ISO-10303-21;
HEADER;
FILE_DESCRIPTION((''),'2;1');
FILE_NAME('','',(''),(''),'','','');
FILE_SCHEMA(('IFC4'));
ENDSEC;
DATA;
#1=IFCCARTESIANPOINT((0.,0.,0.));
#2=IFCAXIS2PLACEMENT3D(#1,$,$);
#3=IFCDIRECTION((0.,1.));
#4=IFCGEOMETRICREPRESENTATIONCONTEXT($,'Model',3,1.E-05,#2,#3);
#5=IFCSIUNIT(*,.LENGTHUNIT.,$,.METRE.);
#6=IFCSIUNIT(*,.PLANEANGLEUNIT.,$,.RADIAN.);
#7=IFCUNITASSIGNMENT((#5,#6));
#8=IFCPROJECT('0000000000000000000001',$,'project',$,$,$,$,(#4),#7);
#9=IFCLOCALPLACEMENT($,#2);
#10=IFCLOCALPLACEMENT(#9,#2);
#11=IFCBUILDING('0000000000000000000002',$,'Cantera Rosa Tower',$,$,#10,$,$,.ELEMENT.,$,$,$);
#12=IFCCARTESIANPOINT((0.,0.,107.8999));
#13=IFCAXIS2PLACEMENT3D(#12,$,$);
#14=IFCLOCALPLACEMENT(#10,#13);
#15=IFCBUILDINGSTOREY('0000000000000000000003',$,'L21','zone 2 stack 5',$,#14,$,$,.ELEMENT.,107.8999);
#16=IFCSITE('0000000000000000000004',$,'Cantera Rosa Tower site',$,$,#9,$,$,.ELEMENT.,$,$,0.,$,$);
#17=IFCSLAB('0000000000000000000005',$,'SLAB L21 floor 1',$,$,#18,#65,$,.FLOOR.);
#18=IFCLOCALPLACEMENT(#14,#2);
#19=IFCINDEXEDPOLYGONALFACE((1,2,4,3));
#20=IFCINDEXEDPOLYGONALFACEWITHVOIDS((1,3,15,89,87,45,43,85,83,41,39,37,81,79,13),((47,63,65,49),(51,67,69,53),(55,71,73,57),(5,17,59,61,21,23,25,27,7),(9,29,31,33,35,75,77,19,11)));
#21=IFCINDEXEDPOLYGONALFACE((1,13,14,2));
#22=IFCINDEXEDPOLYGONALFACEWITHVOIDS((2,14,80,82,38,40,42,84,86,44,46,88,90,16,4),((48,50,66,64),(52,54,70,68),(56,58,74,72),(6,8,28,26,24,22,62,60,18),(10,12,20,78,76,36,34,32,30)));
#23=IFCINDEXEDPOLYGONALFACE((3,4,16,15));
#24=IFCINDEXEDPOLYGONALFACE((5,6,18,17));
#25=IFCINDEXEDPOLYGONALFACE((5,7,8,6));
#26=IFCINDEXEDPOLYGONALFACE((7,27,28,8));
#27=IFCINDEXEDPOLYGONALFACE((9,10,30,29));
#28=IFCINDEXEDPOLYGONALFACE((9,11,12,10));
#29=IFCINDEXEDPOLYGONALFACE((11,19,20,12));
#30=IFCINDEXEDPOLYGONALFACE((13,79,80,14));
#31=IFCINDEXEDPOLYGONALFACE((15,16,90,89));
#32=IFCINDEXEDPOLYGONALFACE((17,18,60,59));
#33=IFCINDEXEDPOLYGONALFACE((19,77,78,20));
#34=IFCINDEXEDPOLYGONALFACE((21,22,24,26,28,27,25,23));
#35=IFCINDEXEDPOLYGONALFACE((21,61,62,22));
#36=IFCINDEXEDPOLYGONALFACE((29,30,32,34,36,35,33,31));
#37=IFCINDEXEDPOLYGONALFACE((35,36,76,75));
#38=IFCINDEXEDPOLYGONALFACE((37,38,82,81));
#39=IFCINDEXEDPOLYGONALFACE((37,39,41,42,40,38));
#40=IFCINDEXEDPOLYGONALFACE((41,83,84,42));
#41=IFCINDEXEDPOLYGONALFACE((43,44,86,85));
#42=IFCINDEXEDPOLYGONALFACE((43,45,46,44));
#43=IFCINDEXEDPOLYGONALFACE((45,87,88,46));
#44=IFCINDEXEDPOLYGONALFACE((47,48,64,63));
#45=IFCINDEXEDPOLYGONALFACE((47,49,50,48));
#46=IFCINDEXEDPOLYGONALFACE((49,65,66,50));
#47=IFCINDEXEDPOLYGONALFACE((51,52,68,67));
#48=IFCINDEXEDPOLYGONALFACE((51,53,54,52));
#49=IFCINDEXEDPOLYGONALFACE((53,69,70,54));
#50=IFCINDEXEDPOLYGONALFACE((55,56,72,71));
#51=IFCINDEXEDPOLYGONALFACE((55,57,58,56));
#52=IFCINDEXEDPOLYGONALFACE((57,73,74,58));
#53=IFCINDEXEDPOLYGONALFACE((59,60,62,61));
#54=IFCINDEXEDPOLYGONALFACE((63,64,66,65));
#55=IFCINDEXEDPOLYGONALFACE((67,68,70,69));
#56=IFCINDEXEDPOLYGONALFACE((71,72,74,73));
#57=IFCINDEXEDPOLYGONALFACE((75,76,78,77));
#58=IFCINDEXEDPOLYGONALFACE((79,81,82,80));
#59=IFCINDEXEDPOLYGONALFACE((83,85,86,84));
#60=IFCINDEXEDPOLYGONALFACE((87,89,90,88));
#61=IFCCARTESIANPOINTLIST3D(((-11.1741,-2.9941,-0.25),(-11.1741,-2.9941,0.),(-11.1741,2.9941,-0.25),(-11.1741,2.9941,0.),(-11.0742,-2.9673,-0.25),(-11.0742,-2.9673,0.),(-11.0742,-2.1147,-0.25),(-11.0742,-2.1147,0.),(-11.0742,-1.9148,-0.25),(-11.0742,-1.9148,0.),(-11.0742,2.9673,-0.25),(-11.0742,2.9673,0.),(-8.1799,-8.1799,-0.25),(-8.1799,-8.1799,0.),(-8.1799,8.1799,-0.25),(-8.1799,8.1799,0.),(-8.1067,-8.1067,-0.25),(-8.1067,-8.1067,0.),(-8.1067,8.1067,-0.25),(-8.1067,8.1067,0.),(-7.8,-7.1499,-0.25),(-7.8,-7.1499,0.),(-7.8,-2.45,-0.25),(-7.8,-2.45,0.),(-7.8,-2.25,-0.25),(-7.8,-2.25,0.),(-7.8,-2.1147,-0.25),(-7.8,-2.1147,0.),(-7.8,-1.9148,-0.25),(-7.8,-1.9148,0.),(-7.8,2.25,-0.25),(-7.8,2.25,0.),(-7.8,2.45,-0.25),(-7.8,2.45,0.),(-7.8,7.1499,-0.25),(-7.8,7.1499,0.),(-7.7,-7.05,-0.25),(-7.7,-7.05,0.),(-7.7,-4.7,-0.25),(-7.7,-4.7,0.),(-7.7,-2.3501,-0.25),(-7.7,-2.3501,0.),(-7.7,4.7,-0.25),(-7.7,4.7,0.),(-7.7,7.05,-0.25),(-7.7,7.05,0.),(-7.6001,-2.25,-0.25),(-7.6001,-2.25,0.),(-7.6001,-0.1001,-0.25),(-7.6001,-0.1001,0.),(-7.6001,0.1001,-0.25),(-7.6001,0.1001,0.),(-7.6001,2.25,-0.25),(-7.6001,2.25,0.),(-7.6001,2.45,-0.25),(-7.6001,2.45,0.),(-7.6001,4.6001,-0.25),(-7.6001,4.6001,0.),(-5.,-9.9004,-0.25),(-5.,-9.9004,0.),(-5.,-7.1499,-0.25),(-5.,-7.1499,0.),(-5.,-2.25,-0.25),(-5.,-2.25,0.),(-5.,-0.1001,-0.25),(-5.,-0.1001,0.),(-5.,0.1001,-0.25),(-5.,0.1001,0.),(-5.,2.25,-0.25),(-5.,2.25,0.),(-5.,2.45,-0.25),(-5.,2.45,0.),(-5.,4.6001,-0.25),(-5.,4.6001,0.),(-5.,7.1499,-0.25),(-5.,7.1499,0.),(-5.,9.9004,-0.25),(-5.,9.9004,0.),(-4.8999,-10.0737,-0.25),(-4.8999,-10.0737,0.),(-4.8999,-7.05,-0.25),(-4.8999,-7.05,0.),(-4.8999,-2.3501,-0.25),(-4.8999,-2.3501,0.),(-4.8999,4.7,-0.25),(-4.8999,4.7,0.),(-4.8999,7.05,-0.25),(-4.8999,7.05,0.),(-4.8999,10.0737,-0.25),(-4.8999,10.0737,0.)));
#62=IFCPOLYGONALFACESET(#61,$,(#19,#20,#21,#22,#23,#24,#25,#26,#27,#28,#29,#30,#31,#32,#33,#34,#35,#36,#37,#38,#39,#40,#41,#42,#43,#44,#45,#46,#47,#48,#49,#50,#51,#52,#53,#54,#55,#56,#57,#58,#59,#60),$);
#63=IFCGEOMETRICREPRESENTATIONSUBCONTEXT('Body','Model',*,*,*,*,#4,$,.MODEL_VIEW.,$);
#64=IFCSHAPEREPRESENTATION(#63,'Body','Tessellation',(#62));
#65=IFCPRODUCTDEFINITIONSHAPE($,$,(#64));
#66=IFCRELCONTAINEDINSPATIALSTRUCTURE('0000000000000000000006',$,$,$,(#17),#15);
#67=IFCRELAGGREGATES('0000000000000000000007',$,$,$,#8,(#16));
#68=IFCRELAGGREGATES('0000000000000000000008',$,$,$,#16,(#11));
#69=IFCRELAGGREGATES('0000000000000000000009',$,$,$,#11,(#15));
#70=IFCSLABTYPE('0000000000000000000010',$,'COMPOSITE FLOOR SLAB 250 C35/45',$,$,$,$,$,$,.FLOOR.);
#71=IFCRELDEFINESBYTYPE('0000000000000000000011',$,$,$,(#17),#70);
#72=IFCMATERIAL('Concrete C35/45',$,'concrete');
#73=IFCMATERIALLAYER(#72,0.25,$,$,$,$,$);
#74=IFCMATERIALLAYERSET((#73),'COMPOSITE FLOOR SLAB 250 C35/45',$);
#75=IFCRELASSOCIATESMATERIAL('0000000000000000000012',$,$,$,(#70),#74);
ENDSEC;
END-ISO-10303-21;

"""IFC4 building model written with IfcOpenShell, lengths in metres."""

from ifc_helpers import new_model, si_unit, direction, frame, origin, place, context, subcontext, project, spatial, polyline, outline, extrude, material, layer, layer_set, type_object, element, save


model = new_model("IFC4")

# Units and contexts
model_context = context("Model", 3, precision=1e-05, world=origin(), true_north=direction((0.0, 1.0)))
body_context = subcontext(model_context, "Body", "Model", "MODEL_VIEW")
ifc_project = project(units=[si_unit("LENGTHUNIT", "METRE"), si_unit("PLANEANGLEUNIT", "RADIAN")], contexts=[model_context])

# Site, building, storey
site_placement = place(None, origin())
site = spatial("IfcSite", under=ifc_project, at=site_placement, Name="Cantera Rosa Tower site", CompositionType="ELEMENT", RefElevation=0.0)
building_placement = place(site_placement, origin())
building = spatial("IfcBuilding", under=site, at=building_placement, Name="Cantera Rosa Tower", CompositionType="ELEMENT")
storey_placement = place(building_placement, frame((0.0, 0.0, 107.8999)))
storey = spatial("IfcBuildingStorey", under=building, at=storey_placement, Name="L21", Description="zone 2 stack 5", CompositionType="ELEMENT", Elevation=107.8999)

# Slab
ifc_material_1 = material(Name="Concrete C35/45", Category="concrete")
ifc_layer_1 = layer(ifc_material_1, 0.25)
ifc_layer_set_1 = layer_set([ifc_layer_1], Name="COMPOSITE FLOOR SLAB 250 C35/45")
slab_type_1 = type_object("IfcSlabType", Name="COMPOSITE FLOOR SLAB 250 C35/45", PredefinedType="FLOOR", material=ifc_layer_set_1)
slab_1_placement = place(storey_placement, frame((0.0, 0.0, -0.25)))
element("IfcSlab", 1, at=slab_1_placement, inside=storey, type_object=slab_type_1, Name="SLAB L21 floor 1", PredefinedType="FLOOR", context=body_context, shape_type="SweptSolid", body=[
    extrude(outline(polyline([(-7.7, -7.05), (-4.8999, -7.05), (-4.8999, -10.0737), (-8.1799, -8.1799), (-11.1741, -2.9941), (-11.1741, 2.9941), (-8.1799, 8.1799), (-4.8999, 10.0737), (-4.8999, 7.05), (-7.7, 7.05), (-7.7, 4.7), (-4.8999, 4.7), (-4.8999, -2.3501), (-7.7, -2.3501), (-7.7, -4.7), (-7.7, -7.05)]), holes=[polyline([(-5.0, -9.9004), (-5.0, -7.1499), (-7.8, -7.1499), (-7.8, -2.45), (-7.8, -2.25), (-7.8, -2.1147), (-11.0742, -2.1147), (-11.0742, -2.9673), (-8.1067, -8.1067), (-5.0, -9.9004)]), polyline([(-7.6001, -0.1001), (-7.6001, -2.25), (-5.0, -2.25), (-5.0, -0.1001), (-7.6001, -0.1001)]), polyline([(-7.6001, 0.1001), (-5.0, 0.1001), (-5.0, 2.25), (-7.6001, 2.25), (-7.6001, 0.1001)]), polyline([(-7.6001, 2.45), (-5.0, 2.45), (-5.0, 4.6001), (-7.6001, 4.6001), (-7.6001, 2.45)]), polyline([(-8.1067, 8.1067), (-11.0742, 2.9673), (-11.0742, -1.9148), (-7.8, -1.9148), (-7.8, 2.25), (-7.8, 2.45), (-7.8, 7.1499), (-5.0, 7.1499), (-5.0, 9.9004), (-8.1067, 8.1067)])]), origin(), (0.0, 0.0, 1.0), 0.25),
])

save(model, "model.ifc")
